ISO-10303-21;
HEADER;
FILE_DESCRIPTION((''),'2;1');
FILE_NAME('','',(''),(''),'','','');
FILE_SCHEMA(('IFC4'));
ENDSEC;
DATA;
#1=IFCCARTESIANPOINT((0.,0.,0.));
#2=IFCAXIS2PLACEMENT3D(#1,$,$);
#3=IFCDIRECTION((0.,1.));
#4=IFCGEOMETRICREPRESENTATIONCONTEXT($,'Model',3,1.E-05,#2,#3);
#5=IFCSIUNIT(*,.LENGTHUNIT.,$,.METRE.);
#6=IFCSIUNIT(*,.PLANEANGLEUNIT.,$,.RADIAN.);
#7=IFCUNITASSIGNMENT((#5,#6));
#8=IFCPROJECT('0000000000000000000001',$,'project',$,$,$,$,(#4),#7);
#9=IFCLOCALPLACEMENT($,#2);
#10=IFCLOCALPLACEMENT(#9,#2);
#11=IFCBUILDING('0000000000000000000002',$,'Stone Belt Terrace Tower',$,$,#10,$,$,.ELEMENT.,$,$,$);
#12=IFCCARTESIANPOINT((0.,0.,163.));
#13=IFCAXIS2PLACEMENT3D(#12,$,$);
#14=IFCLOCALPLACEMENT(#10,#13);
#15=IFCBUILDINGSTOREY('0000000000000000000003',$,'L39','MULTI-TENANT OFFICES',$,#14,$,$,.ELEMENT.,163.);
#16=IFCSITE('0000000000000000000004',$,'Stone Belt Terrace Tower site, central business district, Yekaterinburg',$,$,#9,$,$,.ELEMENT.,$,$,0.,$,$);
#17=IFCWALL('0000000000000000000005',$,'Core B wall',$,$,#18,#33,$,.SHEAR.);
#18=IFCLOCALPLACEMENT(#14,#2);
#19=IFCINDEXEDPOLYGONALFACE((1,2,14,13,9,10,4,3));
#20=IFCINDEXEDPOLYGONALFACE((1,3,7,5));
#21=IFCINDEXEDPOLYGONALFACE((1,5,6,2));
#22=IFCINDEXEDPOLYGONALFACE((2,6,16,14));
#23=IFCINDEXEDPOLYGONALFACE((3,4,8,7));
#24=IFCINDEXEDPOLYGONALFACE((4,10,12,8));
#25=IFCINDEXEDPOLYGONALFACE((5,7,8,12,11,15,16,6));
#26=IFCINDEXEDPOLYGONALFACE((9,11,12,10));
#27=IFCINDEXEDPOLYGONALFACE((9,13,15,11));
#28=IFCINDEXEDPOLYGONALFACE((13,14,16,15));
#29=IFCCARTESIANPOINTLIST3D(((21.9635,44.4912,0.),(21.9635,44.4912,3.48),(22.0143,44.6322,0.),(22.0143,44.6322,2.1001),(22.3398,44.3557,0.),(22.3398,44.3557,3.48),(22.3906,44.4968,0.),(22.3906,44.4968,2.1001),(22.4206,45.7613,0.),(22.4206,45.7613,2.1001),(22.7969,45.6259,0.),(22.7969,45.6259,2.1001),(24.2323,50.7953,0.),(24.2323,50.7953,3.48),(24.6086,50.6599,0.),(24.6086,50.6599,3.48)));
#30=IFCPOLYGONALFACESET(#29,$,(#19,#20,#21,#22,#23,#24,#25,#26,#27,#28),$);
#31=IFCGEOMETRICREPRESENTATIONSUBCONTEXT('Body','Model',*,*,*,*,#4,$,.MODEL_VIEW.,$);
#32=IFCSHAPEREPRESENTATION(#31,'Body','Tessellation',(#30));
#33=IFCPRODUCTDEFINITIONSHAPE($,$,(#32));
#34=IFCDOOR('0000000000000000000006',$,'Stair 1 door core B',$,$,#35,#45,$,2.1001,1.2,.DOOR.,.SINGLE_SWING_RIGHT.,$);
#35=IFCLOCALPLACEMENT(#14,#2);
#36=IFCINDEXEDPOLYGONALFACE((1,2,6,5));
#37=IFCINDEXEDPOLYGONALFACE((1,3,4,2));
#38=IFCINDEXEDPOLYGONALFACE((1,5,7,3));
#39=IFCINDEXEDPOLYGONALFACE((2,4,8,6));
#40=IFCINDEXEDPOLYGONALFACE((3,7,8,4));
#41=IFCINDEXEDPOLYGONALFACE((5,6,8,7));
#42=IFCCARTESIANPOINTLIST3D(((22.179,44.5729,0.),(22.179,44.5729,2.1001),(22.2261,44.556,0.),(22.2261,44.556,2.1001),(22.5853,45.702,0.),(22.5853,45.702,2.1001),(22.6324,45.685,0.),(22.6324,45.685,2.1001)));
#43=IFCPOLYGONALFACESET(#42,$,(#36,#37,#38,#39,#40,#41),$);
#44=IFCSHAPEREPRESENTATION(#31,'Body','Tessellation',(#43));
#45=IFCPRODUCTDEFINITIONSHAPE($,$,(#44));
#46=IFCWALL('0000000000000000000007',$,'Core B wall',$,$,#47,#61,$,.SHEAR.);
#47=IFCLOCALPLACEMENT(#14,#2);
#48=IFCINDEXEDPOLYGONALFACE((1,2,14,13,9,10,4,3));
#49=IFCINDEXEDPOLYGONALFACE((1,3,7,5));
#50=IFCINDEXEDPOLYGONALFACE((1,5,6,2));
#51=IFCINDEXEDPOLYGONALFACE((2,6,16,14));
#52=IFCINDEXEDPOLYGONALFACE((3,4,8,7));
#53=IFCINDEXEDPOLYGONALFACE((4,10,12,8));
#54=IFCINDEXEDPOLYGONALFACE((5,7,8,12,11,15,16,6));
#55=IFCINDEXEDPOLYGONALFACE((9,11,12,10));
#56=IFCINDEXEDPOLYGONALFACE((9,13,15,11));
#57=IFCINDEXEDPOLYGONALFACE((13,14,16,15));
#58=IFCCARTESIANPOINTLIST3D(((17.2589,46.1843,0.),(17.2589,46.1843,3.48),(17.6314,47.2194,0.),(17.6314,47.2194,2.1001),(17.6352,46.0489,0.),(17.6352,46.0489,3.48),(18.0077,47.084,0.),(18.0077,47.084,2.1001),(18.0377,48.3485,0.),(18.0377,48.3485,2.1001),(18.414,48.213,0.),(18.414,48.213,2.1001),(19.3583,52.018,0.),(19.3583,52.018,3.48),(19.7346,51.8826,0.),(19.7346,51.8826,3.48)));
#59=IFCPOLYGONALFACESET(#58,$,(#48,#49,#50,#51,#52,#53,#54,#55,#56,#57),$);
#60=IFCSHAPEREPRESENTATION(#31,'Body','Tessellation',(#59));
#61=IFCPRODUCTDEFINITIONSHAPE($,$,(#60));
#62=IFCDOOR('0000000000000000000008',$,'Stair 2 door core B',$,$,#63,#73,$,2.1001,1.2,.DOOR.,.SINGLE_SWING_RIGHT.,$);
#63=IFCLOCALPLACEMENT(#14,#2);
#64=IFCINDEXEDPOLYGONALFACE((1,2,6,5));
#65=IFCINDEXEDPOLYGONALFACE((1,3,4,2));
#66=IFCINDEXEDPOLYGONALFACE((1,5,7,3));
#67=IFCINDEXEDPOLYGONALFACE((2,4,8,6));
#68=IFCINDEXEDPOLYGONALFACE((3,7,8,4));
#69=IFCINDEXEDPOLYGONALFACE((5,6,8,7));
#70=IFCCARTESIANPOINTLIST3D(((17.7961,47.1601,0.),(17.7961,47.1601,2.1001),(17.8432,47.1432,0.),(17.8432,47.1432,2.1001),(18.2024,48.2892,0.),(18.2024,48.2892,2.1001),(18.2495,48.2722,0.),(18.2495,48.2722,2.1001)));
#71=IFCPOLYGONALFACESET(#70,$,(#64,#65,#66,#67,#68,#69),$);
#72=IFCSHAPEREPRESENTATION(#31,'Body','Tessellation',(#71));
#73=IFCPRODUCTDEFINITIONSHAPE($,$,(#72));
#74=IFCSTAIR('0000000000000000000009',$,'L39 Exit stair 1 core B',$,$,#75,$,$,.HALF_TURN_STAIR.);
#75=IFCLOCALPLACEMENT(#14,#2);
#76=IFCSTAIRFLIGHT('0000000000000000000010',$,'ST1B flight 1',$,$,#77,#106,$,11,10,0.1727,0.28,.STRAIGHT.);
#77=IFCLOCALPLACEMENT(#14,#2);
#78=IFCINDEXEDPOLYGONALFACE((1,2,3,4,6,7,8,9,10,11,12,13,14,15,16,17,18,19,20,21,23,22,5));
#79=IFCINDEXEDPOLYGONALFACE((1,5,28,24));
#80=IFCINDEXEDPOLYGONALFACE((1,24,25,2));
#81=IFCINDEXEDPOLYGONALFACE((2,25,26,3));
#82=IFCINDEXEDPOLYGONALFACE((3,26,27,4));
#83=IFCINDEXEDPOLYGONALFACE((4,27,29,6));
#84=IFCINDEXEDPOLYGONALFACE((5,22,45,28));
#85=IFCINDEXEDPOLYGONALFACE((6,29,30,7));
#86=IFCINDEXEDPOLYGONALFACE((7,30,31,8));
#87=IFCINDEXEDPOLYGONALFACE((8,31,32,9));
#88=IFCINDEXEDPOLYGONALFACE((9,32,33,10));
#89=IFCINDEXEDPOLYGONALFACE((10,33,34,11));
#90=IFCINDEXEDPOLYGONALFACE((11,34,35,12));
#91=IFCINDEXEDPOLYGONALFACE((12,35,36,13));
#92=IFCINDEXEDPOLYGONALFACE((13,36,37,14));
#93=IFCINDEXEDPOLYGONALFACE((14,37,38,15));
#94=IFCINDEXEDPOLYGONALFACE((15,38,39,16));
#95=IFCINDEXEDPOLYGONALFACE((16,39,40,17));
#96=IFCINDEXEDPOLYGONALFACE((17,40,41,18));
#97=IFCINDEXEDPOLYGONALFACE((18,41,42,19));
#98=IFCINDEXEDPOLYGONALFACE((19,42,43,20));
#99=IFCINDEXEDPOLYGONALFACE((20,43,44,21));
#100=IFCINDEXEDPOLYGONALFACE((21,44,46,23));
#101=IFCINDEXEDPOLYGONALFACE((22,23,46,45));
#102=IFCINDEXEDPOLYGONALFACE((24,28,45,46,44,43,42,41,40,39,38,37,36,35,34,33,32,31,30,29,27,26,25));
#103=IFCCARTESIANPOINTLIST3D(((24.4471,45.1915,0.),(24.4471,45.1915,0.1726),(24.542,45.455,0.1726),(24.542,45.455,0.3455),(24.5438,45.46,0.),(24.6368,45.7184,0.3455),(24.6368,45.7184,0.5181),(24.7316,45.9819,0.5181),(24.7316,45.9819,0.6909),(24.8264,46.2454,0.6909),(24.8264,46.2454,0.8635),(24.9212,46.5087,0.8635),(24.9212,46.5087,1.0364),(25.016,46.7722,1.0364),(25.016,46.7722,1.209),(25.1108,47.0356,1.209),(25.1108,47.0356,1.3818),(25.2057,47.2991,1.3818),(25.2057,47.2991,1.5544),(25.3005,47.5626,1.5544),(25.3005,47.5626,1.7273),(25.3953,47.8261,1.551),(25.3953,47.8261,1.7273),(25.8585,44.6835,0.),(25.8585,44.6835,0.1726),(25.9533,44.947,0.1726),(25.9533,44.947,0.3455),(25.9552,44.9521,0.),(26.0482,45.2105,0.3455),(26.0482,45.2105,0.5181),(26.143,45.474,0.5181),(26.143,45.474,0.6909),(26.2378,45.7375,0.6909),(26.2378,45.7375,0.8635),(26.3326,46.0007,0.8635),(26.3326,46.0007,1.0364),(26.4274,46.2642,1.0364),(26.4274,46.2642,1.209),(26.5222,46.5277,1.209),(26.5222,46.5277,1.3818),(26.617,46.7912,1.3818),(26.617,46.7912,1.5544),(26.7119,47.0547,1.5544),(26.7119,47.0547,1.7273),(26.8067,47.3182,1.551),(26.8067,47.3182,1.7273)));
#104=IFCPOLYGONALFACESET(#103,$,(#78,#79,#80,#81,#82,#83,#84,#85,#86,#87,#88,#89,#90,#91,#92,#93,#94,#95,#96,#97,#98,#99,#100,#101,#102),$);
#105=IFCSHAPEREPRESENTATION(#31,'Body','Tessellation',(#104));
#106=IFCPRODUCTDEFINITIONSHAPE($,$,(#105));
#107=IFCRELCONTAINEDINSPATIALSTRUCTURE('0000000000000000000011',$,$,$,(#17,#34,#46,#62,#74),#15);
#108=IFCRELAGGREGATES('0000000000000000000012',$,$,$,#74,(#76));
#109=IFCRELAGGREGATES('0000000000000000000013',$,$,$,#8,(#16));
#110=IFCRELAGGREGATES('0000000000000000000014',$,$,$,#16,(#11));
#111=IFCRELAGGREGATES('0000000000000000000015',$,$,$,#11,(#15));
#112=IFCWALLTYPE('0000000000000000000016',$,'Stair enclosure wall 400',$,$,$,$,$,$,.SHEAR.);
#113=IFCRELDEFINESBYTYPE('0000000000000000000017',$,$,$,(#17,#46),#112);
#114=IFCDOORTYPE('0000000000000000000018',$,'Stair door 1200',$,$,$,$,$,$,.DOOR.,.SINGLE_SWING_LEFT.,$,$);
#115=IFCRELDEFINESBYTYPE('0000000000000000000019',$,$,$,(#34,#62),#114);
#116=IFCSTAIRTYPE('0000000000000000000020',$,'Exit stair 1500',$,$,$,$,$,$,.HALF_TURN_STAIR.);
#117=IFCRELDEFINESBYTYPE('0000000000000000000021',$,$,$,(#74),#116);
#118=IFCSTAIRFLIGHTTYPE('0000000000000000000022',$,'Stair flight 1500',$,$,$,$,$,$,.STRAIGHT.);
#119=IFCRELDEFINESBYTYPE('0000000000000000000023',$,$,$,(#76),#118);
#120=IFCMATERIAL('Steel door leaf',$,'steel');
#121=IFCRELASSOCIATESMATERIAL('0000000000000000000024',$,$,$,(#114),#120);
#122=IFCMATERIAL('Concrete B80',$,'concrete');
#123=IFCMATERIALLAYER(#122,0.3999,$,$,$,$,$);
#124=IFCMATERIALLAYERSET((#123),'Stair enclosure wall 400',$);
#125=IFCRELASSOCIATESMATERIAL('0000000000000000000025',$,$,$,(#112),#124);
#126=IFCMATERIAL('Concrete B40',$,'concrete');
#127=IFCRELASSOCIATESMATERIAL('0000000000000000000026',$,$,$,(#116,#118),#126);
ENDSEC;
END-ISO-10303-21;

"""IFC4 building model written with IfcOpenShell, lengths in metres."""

from ifc_helpers import new_model, si_unit, direction, frame, frame_2d, origin, place, context, subcontext, project, spatial, polyline, rectangle, outline, extrude, material, layer, layer_set, type_object, element, fill, aggregate, save


model = new_model("IFC4")

# Units and contexts
model_context = context("Model", 3, precision=1e-05, world=origin(), true_north=direction((0.0, 1.0)))
body_context = subcontext(model_context, "Body", "Model", "MODEL_VIEW")
ifc_project = project(units=[si_unit("LENGTHUNIT", "METRE"), si_unit("PLANEANGLEUNIT", "RADIAN")], contexts=[model_context])

# Site, building, storey
site_placement = place(None, origin())
site = spatial("IfcSite", under=ifc_project, at=site_placement, Name="Stone Belt Terrace Tower site, central business district, Yekaterinburg", CompositionType="ELEMENT", RefElevation=0.0)
building_placement = place(site_placement, origin())
building = spatial("IfcBuilding", under=site, at=building_placement, Name="Stone Belt Terrace Tower", CompositionType="ELEMENT")
storey_placement = place(building_placement, frame((0.0, 0.0, 163.0)))
storey = spatial("IfcBuildingStorey", under=building, at=storey_placement, Name="L39", Description="MULTI-TENANT OFFICES", CompositionType="ELEMENT", Elevation=163.0)

# Shared definitions
ifc_material_1 = material(Name="Concrete B80", Category="concrete")

# Walls, openings, doors
ifc_material_2 = material(Name="Steel door leaf", Category="steel")
door_type_1 = type_object("IfcDoorType", Name="Stair door 1200", OperationType="SINGLE_SWING_LEFT", PredefinedType="DOOR", material=ifc_material_2)
ifc_layer_1 = layer(ifc_material_1, 0.3999)
ifc_layer_set_1 = layer_set([ifc_layer_1], Name="Stair enclosure wall 400")
wall_type_1 = type_object("IfcWallType", Name="Stair enclosure wall 400", PredefinedType="SHEAR", material=ifc_layer_set_1)
wall_1_placement = place(storey_placement, frame((22.1516, 44.4233, 0.0), z_axis=(0.0, 0.0, 1.0), x_axis=(0.338625, 0.940921, 0.0)))
wall_1 = element("IfcWall", 1, at=wall_1_placement, inside=storey, type_object=wall_type_1, Name="Core B wall", PredefinedType="SHEAR", context=body_context, shape_type="SweptSolid", body=[
    extrude(rectangle(XDim=6.7, YDim=0.3999, at=frame_2d((3.3501, 0.0))), origin(), (0.0, 0.0, 1.0), 3.48),
])
opening_1_placement = place(wall_1_placement, frame((0.1499, 0.0, 0.0)))
opening_1 = element("IfcOpeningElement", 2, at=opening_1_placement, cuts=wall_1, PredefinedType="OPENING", context=body_context, shape_type="SweptSolid", body=[
    extrude(rectangle(XDim=1.2, YDim=2.1001, at=frame_2d((0.6001, 1.05))), frame((0.0, 0.21, 0.0), z_axis=(0.0, -1.0, 0.0), x_axis=(1.0, 0.0, 0.0)), (0.0, 0.0, 1.0), 0.4199),
])
door_1_placement = place(opening_1_placement, origin())
door_1 = element("IfcDoor", 3, at=door_1_placement, inside=storey, type_object=door_type_1, Name="Stair 1 door core B", OperationType="SINGLE_SWING_RIGHT", OverallHeight=2.1001, OverallWidth=1.2, PredefinedType="DOOR", context=body_context, shape_type="SweptSolid", body=[
    extrude(rectangle(XDim=1.2, YDim=2.1001, at=frame_2d((0.6001, 1.05))), frame((0.0, 0.0249, 0.0), z_axis=(0.0, -1.0, 0.0), x_axis=(1.0, 0.0, 0.0)), (0.0, 0.0, 1.0), 0.05),
])
fill(opening_1, door_1)
wall_2_placement = place(storey_placement, frame((17.447, 46.1165, 0.0), z_axis=(0.0, 0.0, 1.0), x_axis=(0.338608, 0.940928, 0.0)))
wall_2 = element("IfcWall", 4, at=wall_2_placement, inside=storey, type_object=wall_type_1, Name="Core B wall", PredefinedType="SHEAR", context=body_context, shape_type="SweptSolid", body=[
    extrude(rectangle(XDim=6.2, YDim=0.3999, at=frame_2d((3.1001, 0.0))), origin(), (0.0, 0.0, 1.0), 3.48),
])
opening_2_placement = place(wall_2_placement, frame((1.1001, 0.0, 0.0)))
opening_2 = element("IfcOpeningElement", 5, at=opening_2_placement, cuts=wall_2, PredefinedType="OPENING", context=body_context, shape_type="SweptSolid", body=[
    extrude(rectangle(XDim=1.2, YDim=2.1001, at=frame_2d((0.6001, 1.05))), frame((0.0, 0.21, 0.0), z_axis=(0.0, -1.0, 0.0), x_axis=(1.0, 0.0, 0.0)), (0.0, 0.0, 1.0), 0.4199),
])
door_2_placement = place(opening_2_placement, origin())
door_2 = element("IfcDoor", 6, at=door_2_placement, inside=storey, type_object=door_type_1, Name="Stair 2 door core B", OperationType="SINGLE_SWING_RIGHT", OverallHeight=2.1001, OverallWidth=1.2, PredefinedType="DOOR", context=body_context, shape_type="SweptSolid", body=[
    extrude(rectangle(XDim=1.2, YDim=2.1001, at=frame_2d((0.6001, 1.05))), frame((0.0, 0.0249, 0.0), z_axis=(0.0, -1.0, 0.0), x_axis=(1.0, 0.0, 0.0)), (0.0, 0.0, 1.0), 0.05),
])
fill(opening_2, door_2)

# Stair, stair flight
ifc_material_3 = material(Name="Concrete B40", Category="concrete")
stair_type = type_object("IfcStairType", Name="Exit stair 1500", PredefinedType="HALF_TURN_STAIR", material=ifc_material_3)
stair_placement = place(storey_placement, origin())
stair = element("IfcStair", 7, at=stair_placement, inside=storey, type_object=stair_type, Name="L39 Exit stair 1 core B", PredefinedType="HALF_TURN_STAIR")
stair_flight_type = type_object("IfcStairFlightType", Name="Stair flight 1500", PredefinedType="STRAIGHT", material=ifc_material_3)
stair_flight_placement = place(storey_placement, frame((25.1528, 44.9375, 0.0), z_axis=(0.0, 0.0, 1.0), x_axis=(0.338624, 0.940922, 0.0)))
stair_flight = element("IfcStairFlight", 8, at=stair_flight_placement, type_object=stair_flight_type, Name="ST1B flight 1", NumberOfRisers=11, NumberOfTreads=10, PredefinedType="STRAIGHT", RiserHeight=0.1727, TreadLength=0.28, context=body_context, shape_type="SweptSolid", body=[
    extrude(outline(polyline([(0.0, 0.0), (0.0, 0.1726), (0.28, 0.1726), (0.28, 0.3455), (0.5601, 0.3455), (0.5601, 0.5181), (0.8401, 0.5181), (0.8401, 0.6909), (1.1201, 0.6909), (1.1201, 0.8635), (1.3999, 0.8635), (1.3999, 1.0364), (1.6799, 1.0364), (1.6799, 1.209), (1.96, 1.209), (1.96, 1.3818), (2.24, 1.3818), (2.24, 1.5544), (2.52, 1.5544), (2.52, 1.7273), (2.8, 1.7273), (2.8, 1.8999), (2.8, 1.551), (0.2854, 0.0), (0.0, 0.0)])), frame((0.0, 0.75, 0.0), z_axis=(0.0, -1.0, 0.0), x_axis=(1.0, 0.0, 0.0)), (0.0, 0.0, 1.0), 1.5),
])
aggregate(stair, [stair_flight])

save(model, "model.ifc")
